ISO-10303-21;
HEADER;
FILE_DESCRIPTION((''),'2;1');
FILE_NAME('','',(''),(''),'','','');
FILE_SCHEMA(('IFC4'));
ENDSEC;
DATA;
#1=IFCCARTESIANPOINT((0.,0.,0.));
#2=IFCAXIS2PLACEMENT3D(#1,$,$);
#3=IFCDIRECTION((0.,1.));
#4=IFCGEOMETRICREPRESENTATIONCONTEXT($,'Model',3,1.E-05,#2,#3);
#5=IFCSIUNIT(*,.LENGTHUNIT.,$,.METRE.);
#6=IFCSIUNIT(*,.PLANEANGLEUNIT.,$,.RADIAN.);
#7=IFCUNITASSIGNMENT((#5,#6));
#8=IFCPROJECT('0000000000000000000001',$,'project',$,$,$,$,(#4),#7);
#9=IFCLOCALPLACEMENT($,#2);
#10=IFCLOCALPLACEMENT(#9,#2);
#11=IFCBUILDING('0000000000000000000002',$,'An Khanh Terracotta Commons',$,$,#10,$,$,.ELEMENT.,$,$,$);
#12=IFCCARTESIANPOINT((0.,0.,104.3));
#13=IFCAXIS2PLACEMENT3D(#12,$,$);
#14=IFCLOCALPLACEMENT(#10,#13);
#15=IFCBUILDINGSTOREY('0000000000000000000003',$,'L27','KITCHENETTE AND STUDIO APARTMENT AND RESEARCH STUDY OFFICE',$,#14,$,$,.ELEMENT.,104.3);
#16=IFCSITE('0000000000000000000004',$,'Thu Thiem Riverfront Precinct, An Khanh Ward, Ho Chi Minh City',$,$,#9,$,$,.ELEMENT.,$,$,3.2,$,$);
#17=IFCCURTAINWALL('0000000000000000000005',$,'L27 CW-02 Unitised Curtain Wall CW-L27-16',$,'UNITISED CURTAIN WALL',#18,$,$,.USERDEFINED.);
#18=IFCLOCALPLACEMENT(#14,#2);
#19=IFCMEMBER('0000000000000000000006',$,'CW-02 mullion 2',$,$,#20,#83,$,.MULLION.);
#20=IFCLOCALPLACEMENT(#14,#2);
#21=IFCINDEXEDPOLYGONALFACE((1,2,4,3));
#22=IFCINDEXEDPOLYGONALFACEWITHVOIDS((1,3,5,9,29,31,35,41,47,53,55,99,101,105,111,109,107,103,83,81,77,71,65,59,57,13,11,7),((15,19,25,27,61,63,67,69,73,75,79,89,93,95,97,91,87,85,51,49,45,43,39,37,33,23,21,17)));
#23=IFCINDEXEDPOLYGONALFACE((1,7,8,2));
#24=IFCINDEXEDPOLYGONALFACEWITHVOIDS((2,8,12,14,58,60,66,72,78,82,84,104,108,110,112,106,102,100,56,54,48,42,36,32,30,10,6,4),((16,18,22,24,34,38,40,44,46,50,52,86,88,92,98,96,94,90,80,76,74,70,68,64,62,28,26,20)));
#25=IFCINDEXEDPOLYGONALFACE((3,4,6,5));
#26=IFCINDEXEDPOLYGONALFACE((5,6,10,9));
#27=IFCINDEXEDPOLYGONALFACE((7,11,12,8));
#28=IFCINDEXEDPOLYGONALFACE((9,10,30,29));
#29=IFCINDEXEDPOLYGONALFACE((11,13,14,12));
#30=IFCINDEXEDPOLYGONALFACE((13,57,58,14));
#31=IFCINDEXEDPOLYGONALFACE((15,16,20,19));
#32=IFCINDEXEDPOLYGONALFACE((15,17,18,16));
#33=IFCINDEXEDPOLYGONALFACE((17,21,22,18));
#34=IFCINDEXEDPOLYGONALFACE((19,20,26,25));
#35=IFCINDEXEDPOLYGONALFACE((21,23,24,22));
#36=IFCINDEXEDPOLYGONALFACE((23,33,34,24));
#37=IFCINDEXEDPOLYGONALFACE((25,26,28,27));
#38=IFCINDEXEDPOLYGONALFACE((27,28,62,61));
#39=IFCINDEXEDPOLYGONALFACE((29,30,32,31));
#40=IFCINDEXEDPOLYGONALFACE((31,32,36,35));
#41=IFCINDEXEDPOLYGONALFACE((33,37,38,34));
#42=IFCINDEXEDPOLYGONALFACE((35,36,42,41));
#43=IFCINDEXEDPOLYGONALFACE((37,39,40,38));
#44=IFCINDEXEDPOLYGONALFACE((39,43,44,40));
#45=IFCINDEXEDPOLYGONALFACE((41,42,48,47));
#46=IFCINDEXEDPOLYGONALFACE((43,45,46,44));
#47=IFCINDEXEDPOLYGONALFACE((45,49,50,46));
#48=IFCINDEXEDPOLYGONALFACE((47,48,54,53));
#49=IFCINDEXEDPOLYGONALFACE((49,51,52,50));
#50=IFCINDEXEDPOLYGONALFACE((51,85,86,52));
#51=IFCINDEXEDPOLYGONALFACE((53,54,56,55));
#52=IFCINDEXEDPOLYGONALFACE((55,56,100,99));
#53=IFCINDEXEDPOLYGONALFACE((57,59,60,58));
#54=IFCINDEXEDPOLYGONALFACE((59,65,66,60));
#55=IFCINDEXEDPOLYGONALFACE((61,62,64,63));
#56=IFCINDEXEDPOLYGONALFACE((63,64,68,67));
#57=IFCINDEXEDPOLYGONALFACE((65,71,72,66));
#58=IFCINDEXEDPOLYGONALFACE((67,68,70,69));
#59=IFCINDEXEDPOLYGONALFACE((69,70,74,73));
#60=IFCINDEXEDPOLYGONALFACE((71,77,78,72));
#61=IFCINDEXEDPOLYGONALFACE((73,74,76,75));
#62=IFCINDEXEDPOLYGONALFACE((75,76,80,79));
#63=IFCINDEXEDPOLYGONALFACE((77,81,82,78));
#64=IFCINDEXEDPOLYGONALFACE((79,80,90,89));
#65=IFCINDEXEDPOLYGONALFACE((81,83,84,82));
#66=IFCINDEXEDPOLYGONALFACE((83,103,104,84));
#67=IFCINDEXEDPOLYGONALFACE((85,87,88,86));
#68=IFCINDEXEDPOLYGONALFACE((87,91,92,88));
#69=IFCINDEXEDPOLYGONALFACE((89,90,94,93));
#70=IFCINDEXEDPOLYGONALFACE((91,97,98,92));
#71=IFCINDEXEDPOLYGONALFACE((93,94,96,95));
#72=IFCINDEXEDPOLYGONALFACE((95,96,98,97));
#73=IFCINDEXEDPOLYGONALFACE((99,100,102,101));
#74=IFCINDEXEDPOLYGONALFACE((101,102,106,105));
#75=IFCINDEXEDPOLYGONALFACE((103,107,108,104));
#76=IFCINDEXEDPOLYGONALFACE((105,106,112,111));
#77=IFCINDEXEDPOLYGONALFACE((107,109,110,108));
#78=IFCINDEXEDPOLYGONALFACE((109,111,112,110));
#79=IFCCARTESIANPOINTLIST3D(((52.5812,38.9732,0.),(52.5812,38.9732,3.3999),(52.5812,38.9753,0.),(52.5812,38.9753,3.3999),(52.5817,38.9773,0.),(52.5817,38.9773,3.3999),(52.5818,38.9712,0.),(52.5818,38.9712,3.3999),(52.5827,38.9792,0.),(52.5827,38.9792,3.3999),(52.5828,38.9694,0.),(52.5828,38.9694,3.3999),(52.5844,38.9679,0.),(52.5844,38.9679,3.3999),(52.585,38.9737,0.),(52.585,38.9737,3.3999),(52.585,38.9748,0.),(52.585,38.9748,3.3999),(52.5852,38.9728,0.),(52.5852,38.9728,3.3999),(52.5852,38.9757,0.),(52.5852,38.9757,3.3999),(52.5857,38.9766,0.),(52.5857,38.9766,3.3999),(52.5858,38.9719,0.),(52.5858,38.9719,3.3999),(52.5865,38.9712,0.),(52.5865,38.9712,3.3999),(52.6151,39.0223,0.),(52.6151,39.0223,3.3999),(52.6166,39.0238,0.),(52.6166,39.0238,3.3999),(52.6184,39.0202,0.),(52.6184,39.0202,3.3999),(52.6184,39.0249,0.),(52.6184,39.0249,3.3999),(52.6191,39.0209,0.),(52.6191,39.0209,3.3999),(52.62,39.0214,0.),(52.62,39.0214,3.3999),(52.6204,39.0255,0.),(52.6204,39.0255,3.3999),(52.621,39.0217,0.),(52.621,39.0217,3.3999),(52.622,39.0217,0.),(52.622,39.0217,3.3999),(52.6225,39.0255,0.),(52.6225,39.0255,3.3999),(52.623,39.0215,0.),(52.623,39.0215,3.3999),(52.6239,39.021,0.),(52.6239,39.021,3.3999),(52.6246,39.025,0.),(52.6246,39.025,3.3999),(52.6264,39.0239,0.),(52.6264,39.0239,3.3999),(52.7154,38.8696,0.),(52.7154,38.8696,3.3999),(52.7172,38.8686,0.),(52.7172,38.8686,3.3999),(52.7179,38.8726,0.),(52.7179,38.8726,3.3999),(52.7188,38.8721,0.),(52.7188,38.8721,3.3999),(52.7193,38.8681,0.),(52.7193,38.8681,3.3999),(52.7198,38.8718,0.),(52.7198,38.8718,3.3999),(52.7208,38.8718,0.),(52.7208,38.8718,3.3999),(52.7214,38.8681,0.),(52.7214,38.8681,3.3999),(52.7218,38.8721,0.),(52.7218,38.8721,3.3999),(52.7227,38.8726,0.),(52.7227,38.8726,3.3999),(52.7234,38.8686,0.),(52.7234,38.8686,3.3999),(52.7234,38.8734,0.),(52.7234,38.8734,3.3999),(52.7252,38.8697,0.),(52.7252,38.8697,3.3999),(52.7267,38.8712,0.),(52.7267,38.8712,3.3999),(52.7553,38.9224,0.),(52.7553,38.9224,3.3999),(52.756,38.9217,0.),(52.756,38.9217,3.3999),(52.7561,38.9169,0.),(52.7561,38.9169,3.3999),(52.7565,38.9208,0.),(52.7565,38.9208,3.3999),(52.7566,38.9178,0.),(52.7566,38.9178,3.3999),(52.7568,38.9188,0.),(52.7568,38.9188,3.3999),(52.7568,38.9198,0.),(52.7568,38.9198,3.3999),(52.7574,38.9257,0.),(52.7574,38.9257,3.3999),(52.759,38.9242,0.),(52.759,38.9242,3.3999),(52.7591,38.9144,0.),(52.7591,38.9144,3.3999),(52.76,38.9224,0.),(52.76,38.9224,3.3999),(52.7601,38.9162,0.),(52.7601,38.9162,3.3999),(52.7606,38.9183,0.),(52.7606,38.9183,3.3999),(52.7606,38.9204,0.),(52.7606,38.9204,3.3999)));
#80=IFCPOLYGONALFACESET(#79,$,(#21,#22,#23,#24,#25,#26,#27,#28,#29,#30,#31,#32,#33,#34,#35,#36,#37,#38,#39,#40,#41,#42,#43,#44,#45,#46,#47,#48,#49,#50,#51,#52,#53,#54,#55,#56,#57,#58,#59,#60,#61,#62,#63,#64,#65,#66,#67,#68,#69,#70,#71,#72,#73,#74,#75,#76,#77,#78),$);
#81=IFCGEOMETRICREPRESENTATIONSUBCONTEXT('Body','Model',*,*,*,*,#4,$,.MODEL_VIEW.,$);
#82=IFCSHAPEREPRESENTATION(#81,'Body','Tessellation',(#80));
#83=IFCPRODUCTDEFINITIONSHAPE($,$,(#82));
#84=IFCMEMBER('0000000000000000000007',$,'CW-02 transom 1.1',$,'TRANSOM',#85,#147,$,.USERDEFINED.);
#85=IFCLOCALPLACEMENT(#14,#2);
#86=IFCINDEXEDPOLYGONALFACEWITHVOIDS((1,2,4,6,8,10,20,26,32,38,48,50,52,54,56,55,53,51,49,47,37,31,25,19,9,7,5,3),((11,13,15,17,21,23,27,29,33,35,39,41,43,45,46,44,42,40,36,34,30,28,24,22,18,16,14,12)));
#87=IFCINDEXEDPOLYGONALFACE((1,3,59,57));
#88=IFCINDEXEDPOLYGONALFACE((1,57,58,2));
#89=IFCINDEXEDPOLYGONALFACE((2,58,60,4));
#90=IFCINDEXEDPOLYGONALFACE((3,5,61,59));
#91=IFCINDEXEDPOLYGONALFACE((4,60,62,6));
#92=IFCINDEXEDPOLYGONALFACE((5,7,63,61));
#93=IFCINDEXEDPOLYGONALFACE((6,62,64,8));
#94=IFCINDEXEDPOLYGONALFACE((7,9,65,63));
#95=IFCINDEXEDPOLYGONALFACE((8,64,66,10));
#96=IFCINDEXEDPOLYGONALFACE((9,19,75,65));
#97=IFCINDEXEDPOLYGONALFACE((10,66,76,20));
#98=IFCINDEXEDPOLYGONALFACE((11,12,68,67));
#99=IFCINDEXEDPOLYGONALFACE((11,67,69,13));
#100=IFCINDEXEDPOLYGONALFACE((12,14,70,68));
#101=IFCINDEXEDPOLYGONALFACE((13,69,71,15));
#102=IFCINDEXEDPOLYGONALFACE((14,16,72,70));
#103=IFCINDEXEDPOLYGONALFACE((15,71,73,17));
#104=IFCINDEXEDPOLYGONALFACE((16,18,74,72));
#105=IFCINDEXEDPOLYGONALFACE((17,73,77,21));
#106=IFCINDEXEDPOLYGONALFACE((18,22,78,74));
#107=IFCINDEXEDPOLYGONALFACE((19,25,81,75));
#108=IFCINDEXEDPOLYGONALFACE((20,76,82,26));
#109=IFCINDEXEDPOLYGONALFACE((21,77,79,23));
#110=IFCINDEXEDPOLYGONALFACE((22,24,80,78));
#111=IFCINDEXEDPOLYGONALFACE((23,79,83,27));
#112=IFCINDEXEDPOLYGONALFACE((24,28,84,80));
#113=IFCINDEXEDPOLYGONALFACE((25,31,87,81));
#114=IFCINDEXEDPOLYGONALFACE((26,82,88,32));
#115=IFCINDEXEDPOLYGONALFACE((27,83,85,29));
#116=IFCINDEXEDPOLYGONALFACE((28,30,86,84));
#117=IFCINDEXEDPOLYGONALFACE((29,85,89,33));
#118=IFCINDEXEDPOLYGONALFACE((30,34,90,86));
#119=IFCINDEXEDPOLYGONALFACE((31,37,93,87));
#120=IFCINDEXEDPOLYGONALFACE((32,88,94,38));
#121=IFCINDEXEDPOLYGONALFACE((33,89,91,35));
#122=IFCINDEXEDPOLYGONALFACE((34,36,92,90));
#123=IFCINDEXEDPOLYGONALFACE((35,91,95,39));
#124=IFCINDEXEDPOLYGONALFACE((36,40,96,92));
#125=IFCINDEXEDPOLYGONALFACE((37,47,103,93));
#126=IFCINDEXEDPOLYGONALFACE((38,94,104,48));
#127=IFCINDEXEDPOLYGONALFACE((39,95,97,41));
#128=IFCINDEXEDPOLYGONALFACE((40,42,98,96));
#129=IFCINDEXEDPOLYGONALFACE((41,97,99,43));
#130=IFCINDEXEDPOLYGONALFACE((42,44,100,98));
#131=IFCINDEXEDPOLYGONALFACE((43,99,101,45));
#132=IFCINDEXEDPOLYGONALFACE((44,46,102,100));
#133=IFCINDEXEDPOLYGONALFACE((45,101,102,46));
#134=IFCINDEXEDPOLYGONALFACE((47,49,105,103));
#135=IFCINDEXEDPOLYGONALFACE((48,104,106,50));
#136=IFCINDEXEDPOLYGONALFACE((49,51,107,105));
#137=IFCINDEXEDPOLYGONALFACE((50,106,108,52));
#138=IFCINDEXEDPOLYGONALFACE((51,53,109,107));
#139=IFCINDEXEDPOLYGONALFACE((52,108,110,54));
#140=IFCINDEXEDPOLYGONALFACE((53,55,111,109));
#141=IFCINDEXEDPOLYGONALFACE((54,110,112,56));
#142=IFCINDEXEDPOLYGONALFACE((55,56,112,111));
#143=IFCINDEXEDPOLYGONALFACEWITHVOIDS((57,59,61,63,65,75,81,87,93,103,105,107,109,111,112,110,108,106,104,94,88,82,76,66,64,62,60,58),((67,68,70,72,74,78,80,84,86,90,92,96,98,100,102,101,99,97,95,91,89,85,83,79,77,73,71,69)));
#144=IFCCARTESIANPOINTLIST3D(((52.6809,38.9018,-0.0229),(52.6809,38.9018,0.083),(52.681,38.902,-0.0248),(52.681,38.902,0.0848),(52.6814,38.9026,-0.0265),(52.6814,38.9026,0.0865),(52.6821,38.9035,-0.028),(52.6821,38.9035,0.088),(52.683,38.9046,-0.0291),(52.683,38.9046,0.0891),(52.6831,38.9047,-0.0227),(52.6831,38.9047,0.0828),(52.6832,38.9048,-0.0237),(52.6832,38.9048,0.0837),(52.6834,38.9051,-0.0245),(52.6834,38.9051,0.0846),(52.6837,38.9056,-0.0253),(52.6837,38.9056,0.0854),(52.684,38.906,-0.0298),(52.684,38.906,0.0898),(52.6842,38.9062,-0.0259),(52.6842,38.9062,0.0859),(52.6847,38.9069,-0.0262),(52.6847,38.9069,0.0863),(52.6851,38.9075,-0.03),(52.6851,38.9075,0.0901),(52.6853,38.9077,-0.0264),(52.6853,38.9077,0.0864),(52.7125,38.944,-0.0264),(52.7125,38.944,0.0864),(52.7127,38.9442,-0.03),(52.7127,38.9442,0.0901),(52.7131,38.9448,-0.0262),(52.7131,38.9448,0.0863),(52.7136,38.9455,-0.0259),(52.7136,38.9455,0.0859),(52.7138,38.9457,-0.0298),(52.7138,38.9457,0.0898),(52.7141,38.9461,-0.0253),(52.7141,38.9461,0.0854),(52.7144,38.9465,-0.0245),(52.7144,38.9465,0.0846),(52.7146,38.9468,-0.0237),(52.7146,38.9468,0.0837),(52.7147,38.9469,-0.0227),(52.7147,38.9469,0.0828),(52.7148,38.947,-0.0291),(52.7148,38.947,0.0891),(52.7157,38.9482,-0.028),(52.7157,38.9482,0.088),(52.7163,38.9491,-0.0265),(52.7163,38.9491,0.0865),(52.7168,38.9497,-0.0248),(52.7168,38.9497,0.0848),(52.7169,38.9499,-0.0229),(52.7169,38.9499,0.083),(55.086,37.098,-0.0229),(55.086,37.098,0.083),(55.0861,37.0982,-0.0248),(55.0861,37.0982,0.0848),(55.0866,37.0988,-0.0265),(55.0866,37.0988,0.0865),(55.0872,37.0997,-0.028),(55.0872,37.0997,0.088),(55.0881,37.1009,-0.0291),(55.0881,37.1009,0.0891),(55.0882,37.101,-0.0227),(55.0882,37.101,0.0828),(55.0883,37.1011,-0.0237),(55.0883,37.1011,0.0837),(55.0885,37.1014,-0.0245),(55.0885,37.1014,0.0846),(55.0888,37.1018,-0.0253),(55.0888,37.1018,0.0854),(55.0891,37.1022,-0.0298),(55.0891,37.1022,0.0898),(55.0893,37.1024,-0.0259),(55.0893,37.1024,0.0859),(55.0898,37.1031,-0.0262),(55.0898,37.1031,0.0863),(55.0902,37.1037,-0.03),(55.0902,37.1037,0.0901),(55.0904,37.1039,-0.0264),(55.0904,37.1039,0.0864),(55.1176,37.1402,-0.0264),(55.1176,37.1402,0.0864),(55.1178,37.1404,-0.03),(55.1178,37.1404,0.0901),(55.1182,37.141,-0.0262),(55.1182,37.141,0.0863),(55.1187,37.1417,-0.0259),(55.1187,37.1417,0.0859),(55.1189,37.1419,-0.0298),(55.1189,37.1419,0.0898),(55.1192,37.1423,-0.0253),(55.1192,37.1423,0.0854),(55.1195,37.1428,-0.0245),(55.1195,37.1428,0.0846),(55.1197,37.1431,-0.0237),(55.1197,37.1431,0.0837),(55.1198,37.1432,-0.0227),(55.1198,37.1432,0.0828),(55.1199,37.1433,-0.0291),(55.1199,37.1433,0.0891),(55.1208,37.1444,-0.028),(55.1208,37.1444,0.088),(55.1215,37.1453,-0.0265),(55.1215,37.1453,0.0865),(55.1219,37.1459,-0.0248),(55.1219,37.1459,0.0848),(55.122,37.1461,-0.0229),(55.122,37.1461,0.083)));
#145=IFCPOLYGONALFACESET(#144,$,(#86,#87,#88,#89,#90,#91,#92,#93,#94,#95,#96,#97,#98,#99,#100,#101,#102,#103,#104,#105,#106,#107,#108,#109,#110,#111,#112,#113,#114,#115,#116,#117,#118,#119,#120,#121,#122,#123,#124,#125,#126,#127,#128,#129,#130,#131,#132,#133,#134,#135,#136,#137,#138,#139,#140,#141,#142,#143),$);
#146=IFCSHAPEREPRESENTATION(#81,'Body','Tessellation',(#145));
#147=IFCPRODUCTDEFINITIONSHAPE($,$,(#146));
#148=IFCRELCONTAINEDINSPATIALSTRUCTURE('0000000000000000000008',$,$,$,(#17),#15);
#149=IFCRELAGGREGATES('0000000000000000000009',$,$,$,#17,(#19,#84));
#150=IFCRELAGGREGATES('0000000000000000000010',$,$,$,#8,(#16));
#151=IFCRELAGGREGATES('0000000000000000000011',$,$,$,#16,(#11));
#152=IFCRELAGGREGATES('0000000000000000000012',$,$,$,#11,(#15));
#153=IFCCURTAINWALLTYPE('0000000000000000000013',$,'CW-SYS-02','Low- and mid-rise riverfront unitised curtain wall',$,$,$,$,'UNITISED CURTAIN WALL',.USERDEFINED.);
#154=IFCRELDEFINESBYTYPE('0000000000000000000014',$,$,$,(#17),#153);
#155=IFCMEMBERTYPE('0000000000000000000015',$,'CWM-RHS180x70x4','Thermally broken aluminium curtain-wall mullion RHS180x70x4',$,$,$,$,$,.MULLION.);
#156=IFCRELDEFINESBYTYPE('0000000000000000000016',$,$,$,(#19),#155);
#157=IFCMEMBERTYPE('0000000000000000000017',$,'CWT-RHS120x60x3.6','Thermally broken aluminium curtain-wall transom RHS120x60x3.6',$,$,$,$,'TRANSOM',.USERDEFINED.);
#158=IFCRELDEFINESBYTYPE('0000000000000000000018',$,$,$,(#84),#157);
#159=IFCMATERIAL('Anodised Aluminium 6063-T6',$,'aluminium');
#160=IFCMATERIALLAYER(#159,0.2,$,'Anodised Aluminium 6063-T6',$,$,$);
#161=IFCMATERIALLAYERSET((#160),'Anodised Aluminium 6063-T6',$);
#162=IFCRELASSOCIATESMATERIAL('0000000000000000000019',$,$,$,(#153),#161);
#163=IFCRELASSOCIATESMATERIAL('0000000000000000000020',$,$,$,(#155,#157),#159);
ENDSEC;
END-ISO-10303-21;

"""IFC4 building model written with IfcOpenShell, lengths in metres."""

from ifc_helpers import new_model, si_unit, direction, frame, origin, origin_2d, place, context, subcontext, project, spatial, hollow_rectangle, extrude, material, layer, layer_set, material_profile, profile_set, type_object, element, aggregate, save


model = new_model("IFC4")

# Units and contexts
model_context = context("Model", 3, precision=1e-05, world=origin(), true_north=direction((0.0, 1.0)))
body_context = subcontext(model_context, "Body", "Model", "MODEL_VIEW")
ifc_project = project(units=[si_unit("LENGTHUNIT", "METRE"), si_unit("PLANEANGLEUNIT", "RADIAN")], contexts=[model_context])

# Site, building, storey
site_placement = place(None, origin())
site = spatial("IfcSite", under=ifc_project, at=site_placement, Name="Thu Thiem Riverfront Precinct, An Khanh Ward, Ho Chi Minh City", CompositionType="ELEMENT", RefElevation=3.2)
building_placement = place(site_placement, origin())
building = spatial("IfcBuilding", under=site, at=building_placement, Name="An Khanh Terracotta Commons", CompositionType="ELEMENT")
storey_placement = place(building_placement, frame((0.0, 0.0, 104.3)))
storey = spatial("IfcBuildingStorey", under=building, at=storey_placement, Name="L27", Description="KITCHENETTE AND STUDIO APARTMENT AND RESEARCH STUDY OFFICE", CompositionType="ELEMENT", Elevation=104.3)

# Shared definitions
ifc_material_1 = material(Name="Anodised Aluminium 6063-T6", Category="aluminium")

# Curtain wall, members
ifc_layer_1 = layer(ifc_material_1, 0.2, Name="Anodised Aluminium 6063-T6")
ifc_layer_set_1 = layer_set([ifc_layer_1], Name="Anodised Aluminium 6063-T6")
curtain_wall_type_1 = type_object("IfcCurtainWallType", Name="CW-SYS-02", Description="Low- and mid-rise riverfront unitised curtain wall", ElementType="UNITISED CURTAIN WALL", PredefinedType="USERDEFINED", material=ifc_layer_set_1)
curtain_wall_1_placement = place(storey_placement, origin())
curtain_wall_1 = element("IfcCurtainWall", 1, at=curtain_wall_1_placement, inside=storey, type_object=curtain_wall_type_1, Name="L27 CW-02 Unitised Curtain Wall CW-L27-16", ObjectType="UNITISED CURTAIN WALL", PredefinedType="USERDEFINED")
ifc_material_profile_1 = material_profile(ifc_material_1, hollow_rectangle(XDim=0.0701, YDim=0.1799, WallThickness=0.0039, InnerFilletRadius=0.0039, OuterFilletRadius=0.0081, at=origin_2d()), Name="RHS180x70x4")
ifc_profile_set_1 = profile_set([ifc_material_profile_1], Name="Anodised Aluminium 6063-T6")
member_type_1 = type_object("IfcMemberType", Name="CWM-RHS180x70x4", Description="Thermally broken aluminium curtain-wall mullion RHS180x70x4", PredefinedType="MULLION", material=ifc_profile_set_1)
member_1_placement = place(storey_placement, frame((52.6709, 38.9468, 0.0), z_axis=(0.0, 0.0, 1.0), x_axis=(-0.599983, -0.800013, 0.0)))
member_1 = element("IfcMember", 2, at=member_1_placement, type_object=member_type_1, Name="CW-02 mullion 2", PredefinedType="MULLION", context=body_context, shape_type="SweptSolid", body=[
    extrude(hollow_rectangle(XDim=0.0701, YDim=0.1799, WallThickness=0.0039, InnerFilletRadius=0.0039, OuterFilletRadius=0.0081, at=origin_2d()), origin(), (0.0, 0.0, 1.0), 3.3999),
])
ifc_material_profile_2 = material_profile(ifc_material_1, hollow_rectangle(XDim=0.0601, YDim=0.1201, WallThickness=0.0037, InnerFilletRadius=0.0037, OuterFilletRadius=0.0071, at=origin_2d()), Name="RHS120x60x3.6")
ifc_profile_set_2 = profile_set([ifc_material_profile_2], Name="Anodised Aluminium 6063-T6")
member_type_2 = type_object("IfcMemberType", Name="CWT-RHS120x60x3.6", Description="Thermally broken aluminium curtain-wall transom RHS120x60x3.6", ElementType="TRANSOM", PredefinedType="USERDEFINED", material=ifc_profile_set_2)
member_2_placement = place(storey_placement, frame((55.104, 37.1221, 0.03), z_axis=(-0.80001, 0.599987, 0.0), x_axis=(-0.599987, -0.80001, 0.0)))
member_2 = element("IfcMember", 3, at=member_2_placement, type_object=member_type_2, Name="CW-02 transom 1.1", ObjectType="TRANSOM", PredefinedType="USERDEFINED", context=body_context, shape_type="SweptSolid", body=[
    extrude(hollow_rectangle(XDim=0.0601, YDim=0.1201, WallThickness=0.0037, InnerFilletRadius=0.0037, OuterFilletRadius=0.0071, at=origin_2d()), origin(), (0.0, 0.0, 1.0), 3.0063),
])

aggregate(curtain_wall_1, [member_1, member_2])

save(model, "model.ifc")
